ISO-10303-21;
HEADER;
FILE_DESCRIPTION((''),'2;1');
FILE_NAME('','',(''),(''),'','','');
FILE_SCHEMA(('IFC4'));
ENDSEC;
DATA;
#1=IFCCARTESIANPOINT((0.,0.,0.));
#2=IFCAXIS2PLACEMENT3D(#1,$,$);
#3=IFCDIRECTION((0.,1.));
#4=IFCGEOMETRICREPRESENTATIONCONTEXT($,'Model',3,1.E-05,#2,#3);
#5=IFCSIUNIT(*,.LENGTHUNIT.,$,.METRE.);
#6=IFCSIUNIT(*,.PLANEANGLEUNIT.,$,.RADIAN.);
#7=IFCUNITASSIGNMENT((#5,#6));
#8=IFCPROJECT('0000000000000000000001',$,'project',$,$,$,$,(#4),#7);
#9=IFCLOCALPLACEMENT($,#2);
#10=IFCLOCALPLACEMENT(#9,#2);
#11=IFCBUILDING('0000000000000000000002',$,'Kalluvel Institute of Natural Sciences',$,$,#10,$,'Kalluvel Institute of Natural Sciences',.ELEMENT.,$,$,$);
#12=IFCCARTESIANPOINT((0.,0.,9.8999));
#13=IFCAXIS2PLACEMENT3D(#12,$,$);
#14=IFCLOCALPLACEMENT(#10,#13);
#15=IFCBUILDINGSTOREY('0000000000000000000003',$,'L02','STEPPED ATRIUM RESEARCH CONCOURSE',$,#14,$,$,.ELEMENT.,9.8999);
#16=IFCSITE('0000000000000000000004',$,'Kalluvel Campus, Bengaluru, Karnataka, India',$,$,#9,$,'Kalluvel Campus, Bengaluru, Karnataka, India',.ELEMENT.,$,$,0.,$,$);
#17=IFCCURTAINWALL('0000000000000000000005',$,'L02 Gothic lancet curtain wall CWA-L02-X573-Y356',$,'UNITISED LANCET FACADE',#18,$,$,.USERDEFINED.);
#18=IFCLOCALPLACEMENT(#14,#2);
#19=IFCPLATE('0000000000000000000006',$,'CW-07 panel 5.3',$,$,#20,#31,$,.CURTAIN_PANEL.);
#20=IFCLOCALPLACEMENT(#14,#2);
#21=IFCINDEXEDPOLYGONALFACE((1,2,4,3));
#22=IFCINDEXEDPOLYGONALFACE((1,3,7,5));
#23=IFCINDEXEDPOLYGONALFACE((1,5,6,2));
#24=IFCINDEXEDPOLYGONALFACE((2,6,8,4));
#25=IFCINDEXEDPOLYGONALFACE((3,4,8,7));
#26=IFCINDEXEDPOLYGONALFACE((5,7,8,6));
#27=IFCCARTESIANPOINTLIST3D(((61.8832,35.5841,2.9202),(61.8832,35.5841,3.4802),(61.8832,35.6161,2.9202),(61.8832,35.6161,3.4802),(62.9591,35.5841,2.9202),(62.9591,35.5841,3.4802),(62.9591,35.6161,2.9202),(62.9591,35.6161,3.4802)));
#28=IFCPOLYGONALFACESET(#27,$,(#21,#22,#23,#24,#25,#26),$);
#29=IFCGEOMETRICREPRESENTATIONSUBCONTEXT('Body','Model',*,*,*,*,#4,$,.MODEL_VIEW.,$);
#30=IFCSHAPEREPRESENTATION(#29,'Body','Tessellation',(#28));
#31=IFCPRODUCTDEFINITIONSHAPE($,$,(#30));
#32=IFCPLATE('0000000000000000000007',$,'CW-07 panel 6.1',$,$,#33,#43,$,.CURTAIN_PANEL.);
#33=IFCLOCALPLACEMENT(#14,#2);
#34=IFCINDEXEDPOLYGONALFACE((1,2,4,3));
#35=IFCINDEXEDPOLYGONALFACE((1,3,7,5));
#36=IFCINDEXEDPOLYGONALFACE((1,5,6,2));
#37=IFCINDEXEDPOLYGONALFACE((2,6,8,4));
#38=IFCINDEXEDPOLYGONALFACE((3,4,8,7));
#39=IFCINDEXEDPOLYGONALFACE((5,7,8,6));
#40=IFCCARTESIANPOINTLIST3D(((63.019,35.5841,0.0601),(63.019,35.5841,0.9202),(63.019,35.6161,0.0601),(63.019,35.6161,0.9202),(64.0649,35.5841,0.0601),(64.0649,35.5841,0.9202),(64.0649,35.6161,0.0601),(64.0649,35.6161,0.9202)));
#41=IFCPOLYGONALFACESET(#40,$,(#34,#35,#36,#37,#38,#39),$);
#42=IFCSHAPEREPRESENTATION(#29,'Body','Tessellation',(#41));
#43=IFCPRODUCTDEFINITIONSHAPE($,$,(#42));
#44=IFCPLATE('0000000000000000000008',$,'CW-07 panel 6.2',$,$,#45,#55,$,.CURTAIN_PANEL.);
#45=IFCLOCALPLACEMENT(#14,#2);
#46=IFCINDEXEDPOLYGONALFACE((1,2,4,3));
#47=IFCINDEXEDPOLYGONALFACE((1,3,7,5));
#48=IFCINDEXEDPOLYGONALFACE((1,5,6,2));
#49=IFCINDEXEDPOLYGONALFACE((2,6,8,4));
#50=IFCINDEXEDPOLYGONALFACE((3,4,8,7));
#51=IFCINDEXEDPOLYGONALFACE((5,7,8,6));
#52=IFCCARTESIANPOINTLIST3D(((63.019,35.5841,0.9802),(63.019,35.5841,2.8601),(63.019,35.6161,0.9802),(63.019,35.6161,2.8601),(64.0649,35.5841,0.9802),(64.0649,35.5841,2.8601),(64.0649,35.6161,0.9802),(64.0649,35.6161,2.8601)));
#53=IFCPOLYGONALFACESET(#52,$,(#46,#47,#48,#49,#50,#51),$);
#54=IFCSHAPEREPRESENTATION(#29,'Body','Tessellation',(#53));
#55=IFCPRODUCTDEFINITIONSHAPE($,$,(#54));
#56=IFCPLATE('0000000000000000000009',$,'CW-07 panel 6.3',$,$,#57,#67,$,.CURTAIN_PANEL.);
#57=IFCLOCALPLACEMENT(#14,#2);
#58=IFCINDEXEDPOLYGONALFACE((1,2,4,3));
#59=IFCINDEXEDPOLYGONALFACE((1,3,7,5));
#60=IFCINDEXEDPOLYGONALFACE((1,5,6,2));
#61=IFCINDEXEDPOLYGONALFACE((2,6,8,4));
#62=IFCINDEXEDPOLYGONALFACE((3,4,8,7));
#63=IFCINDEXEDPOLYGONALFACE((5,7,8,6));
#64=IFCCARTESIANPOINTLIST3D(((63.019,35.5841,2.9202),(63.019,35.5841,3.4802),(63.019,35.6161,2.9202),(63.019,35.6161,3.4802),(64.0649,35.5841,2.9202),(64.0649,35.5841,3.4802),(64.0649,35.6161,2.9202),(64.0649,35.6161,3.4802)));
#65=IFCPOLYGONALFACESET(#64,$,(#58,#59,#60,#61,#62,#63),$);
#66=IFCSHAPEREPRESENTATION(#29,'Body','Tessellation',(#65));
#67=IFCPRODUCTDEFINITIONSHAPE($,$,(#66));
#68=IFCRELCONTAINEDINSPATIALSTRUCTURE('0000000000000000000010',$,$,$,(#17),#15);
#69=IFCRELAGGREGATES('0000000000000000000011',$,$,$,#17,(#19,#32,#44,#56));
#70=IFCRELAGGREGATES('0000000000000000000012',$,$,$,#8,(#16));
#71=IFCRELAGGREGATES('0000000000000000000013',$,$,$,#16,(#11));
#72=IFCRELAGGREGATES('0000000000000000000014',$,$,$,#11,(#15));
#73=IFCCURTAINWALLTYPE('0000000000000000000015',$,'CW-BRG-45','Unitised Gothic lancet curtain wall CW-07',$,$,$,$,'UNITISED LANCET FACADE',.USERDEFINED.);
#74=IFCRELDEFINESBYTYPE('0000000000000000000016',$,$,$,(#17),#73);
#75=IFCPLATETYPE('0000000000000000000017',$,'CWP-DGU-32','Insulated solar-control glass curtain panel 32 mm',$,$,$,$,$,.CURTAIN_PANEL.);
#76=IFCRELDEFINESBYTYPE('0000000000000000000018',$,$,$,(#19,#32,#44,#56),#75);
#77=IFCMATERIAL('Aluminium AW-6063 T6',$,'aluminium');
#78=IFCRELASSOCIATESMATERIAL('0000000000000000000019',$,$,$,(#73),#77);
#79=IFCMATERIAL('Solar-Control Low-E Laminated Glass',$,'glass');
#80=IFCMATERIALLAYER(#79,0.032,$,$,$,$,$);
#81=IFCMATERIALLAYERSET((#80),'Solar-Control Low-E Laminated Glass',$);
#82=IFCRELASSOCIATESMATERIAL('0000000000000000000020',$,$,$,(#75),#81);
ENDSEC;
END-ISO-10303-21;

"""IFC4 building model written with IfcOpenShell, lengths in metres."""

from ifc_helpers import new_model, si_unit, direction, frame, origin, origin_2d, place, context, subcontext, project, spatial, rectangle, extrude, material, layer, layer_set, type_object, element, aggregate, save


model = new_model("IFC4")

# Units and contexts
model_context = context("Model", 3, precision=1e-05, world=origin(), true_north=direction((0.0, 1.0)))
body_context = subcontext(model_context, "Body", "Model", "MODEL_VIEW")
ifc_project = project(units=[si_unit("LENGTHUNIT", "METRE"), si_unit("PLANEANGLEUNIT", "RADIAN")], contexts=[model_context])

# Site, building, storey
site_placement = place(None, origin())
site = spatial("IfcSite", under=ifc_project, at=site_placement, Name="Kalluvel Campus, Bengaluru, Karnataka, India", LongName="Kalluvel Campus, Bengaluru, Karnataka, India", CompositionType="ELEMENT", RefElevation=0.0)
building_placement = place(site_placement, origin())
building = spatial("IfcBuilding", under=site, at=building_placement, Name="Kalluvel Institute of Natural Sciences", LongName="Kalluvel Institute of Natural Sciences", CompositionType="ELEMENT")
storey_placement = place(building_placement, frame((0.0, 0.0, 9.8999)))
storey = spatial("IfcBuildingStorey", under=building, at=storey_placement, Name="L02", Description="STEPPED ATRIUM RESEARCH CONCOURSE", CompositionType="ELEMENT", Elevation=9.8999)

# Curtain wall, plates
ifc_material_1 = material(Name="Aluminium AW-6063 T6", Category="aluminium")
curtain_wall_type = type_object("IfcCurtainWallType", Name="CW-BRG-45", Description="Unitised Gothic lancet curtain wall CW-07", ElementType="UNITISED LANCET FACADE", PredefinedType="USERDEFINED", material=ifc_material_1)
curtain_wall_placement = place(storey_placement, origin())
curtain_wall = element("IfcCurtainWall", 1, at=curtain_wall_placement, inside=storey, type_object=curtain_wall_type, Name="L02 Gothic lancet curtain wall CWA-L02-X573-Y356", ObjectType="UNITISED LANCET FACADE", PredefinedType="USERDEFINED")
ifc_material_2 = material(Name="Solar-Control Low-E Laminated Glass", Category="glass")
ifc_layer = layer(ifc_material_2, 0.032)
ifc_layer_set = layer_set([ifc_layer], Name="Solar-Control Low-E Laminated Glass")
plate_type = type_object("IfcPlateType", Name="CWP-DGU-32", Description="Insulated solar-control glass curtain panel 32 mm", PredefinedType="CURTAIN_PANEL", material=ifc_layer_set)
plate_1_placement = place(storey_placement, frame((62.4211, 35.6001, 2.9202), z_axis=(0.0, 0.0, 1.0), x_axis=(1.0, 0.0, 0.0)))
plate_1 = element("IfcPlate", 2, at=plate_1_placement, type_object=plate_type, Name="CW-07 panel 5.3", PredefinedType="CURTAIN_PANEL", context=body_context, shape_type="SweptSolid", body=[
    extrude(rectangle(XDim=1.0759, YDim=0.032, at=origin_2d()), origin(), (0.0, 0.0, 1.0), 0.5601),
])
plate_2_placement = place(storey_placement, frame((63.542, 35.6001, 0.0601), z_axis=(0.0, 0.0, 1.0), x_axis=(1.0, 0.0, 0.0)))
plate_2 = element("IfcPlate", 3, at=plate_2_placement, type_object=plate_type, Name="CW-07 panel 6.1", PredefinedType="CURTAIN_PANEL", context=body_context, shape_type="SweptSolid", body=[
    extrude(rectangle(XDim=1.0459, YDim=0.032, at=origin_2d()), origin(), (0.0, 0.0, 1.0), 0.8601),
])
plate_3_placement = place(storey_placement, frame((63.542, 35.6001, 0.9802), z_axis=(0.0, 0.0, 1.0), x_axis=(1.0, 0.0, 0.0)))
plate_3 = element("IfcPlate", 4, at=plate_3_placement, type_object=plate_type, Name="CW-07 panel 6.2", PredefinedType="CURTAIN_PANEL", context=body_context, shape_type="SweptSolid", body=[
    extrude(rectangle(XDim=1.0459, YDim=0.032, at=origin_2d()), origin(), (0.0, 0.0, 1.0), 1.8799),
])
plate_4_placement = place(storey_placement, frame((63.542, 35.6001, 2.9202), z_axis=(0.0, 0.0, 1.0), x_axis=(1.0, 0.0, 0.0)))
plate_4 = element("IfcPlate", 5, at=plate_4_placement, type_object=plate_type, Name="CW-07 panel 6.3", PredefinedType="CURTAIN_PANEL", context=body_context, shape_type="SweptSolid", body=[
    extrude(rectangle(XDim=1.0459, YDim=0.032, at=origin_2d()), origin(), (0.0, 0.0, 1.0), 0.5601),
])
aggregate(curtain_wall, [plate_1, plate_2, plate_3, plate_4])

save(model, "model.ifc")
